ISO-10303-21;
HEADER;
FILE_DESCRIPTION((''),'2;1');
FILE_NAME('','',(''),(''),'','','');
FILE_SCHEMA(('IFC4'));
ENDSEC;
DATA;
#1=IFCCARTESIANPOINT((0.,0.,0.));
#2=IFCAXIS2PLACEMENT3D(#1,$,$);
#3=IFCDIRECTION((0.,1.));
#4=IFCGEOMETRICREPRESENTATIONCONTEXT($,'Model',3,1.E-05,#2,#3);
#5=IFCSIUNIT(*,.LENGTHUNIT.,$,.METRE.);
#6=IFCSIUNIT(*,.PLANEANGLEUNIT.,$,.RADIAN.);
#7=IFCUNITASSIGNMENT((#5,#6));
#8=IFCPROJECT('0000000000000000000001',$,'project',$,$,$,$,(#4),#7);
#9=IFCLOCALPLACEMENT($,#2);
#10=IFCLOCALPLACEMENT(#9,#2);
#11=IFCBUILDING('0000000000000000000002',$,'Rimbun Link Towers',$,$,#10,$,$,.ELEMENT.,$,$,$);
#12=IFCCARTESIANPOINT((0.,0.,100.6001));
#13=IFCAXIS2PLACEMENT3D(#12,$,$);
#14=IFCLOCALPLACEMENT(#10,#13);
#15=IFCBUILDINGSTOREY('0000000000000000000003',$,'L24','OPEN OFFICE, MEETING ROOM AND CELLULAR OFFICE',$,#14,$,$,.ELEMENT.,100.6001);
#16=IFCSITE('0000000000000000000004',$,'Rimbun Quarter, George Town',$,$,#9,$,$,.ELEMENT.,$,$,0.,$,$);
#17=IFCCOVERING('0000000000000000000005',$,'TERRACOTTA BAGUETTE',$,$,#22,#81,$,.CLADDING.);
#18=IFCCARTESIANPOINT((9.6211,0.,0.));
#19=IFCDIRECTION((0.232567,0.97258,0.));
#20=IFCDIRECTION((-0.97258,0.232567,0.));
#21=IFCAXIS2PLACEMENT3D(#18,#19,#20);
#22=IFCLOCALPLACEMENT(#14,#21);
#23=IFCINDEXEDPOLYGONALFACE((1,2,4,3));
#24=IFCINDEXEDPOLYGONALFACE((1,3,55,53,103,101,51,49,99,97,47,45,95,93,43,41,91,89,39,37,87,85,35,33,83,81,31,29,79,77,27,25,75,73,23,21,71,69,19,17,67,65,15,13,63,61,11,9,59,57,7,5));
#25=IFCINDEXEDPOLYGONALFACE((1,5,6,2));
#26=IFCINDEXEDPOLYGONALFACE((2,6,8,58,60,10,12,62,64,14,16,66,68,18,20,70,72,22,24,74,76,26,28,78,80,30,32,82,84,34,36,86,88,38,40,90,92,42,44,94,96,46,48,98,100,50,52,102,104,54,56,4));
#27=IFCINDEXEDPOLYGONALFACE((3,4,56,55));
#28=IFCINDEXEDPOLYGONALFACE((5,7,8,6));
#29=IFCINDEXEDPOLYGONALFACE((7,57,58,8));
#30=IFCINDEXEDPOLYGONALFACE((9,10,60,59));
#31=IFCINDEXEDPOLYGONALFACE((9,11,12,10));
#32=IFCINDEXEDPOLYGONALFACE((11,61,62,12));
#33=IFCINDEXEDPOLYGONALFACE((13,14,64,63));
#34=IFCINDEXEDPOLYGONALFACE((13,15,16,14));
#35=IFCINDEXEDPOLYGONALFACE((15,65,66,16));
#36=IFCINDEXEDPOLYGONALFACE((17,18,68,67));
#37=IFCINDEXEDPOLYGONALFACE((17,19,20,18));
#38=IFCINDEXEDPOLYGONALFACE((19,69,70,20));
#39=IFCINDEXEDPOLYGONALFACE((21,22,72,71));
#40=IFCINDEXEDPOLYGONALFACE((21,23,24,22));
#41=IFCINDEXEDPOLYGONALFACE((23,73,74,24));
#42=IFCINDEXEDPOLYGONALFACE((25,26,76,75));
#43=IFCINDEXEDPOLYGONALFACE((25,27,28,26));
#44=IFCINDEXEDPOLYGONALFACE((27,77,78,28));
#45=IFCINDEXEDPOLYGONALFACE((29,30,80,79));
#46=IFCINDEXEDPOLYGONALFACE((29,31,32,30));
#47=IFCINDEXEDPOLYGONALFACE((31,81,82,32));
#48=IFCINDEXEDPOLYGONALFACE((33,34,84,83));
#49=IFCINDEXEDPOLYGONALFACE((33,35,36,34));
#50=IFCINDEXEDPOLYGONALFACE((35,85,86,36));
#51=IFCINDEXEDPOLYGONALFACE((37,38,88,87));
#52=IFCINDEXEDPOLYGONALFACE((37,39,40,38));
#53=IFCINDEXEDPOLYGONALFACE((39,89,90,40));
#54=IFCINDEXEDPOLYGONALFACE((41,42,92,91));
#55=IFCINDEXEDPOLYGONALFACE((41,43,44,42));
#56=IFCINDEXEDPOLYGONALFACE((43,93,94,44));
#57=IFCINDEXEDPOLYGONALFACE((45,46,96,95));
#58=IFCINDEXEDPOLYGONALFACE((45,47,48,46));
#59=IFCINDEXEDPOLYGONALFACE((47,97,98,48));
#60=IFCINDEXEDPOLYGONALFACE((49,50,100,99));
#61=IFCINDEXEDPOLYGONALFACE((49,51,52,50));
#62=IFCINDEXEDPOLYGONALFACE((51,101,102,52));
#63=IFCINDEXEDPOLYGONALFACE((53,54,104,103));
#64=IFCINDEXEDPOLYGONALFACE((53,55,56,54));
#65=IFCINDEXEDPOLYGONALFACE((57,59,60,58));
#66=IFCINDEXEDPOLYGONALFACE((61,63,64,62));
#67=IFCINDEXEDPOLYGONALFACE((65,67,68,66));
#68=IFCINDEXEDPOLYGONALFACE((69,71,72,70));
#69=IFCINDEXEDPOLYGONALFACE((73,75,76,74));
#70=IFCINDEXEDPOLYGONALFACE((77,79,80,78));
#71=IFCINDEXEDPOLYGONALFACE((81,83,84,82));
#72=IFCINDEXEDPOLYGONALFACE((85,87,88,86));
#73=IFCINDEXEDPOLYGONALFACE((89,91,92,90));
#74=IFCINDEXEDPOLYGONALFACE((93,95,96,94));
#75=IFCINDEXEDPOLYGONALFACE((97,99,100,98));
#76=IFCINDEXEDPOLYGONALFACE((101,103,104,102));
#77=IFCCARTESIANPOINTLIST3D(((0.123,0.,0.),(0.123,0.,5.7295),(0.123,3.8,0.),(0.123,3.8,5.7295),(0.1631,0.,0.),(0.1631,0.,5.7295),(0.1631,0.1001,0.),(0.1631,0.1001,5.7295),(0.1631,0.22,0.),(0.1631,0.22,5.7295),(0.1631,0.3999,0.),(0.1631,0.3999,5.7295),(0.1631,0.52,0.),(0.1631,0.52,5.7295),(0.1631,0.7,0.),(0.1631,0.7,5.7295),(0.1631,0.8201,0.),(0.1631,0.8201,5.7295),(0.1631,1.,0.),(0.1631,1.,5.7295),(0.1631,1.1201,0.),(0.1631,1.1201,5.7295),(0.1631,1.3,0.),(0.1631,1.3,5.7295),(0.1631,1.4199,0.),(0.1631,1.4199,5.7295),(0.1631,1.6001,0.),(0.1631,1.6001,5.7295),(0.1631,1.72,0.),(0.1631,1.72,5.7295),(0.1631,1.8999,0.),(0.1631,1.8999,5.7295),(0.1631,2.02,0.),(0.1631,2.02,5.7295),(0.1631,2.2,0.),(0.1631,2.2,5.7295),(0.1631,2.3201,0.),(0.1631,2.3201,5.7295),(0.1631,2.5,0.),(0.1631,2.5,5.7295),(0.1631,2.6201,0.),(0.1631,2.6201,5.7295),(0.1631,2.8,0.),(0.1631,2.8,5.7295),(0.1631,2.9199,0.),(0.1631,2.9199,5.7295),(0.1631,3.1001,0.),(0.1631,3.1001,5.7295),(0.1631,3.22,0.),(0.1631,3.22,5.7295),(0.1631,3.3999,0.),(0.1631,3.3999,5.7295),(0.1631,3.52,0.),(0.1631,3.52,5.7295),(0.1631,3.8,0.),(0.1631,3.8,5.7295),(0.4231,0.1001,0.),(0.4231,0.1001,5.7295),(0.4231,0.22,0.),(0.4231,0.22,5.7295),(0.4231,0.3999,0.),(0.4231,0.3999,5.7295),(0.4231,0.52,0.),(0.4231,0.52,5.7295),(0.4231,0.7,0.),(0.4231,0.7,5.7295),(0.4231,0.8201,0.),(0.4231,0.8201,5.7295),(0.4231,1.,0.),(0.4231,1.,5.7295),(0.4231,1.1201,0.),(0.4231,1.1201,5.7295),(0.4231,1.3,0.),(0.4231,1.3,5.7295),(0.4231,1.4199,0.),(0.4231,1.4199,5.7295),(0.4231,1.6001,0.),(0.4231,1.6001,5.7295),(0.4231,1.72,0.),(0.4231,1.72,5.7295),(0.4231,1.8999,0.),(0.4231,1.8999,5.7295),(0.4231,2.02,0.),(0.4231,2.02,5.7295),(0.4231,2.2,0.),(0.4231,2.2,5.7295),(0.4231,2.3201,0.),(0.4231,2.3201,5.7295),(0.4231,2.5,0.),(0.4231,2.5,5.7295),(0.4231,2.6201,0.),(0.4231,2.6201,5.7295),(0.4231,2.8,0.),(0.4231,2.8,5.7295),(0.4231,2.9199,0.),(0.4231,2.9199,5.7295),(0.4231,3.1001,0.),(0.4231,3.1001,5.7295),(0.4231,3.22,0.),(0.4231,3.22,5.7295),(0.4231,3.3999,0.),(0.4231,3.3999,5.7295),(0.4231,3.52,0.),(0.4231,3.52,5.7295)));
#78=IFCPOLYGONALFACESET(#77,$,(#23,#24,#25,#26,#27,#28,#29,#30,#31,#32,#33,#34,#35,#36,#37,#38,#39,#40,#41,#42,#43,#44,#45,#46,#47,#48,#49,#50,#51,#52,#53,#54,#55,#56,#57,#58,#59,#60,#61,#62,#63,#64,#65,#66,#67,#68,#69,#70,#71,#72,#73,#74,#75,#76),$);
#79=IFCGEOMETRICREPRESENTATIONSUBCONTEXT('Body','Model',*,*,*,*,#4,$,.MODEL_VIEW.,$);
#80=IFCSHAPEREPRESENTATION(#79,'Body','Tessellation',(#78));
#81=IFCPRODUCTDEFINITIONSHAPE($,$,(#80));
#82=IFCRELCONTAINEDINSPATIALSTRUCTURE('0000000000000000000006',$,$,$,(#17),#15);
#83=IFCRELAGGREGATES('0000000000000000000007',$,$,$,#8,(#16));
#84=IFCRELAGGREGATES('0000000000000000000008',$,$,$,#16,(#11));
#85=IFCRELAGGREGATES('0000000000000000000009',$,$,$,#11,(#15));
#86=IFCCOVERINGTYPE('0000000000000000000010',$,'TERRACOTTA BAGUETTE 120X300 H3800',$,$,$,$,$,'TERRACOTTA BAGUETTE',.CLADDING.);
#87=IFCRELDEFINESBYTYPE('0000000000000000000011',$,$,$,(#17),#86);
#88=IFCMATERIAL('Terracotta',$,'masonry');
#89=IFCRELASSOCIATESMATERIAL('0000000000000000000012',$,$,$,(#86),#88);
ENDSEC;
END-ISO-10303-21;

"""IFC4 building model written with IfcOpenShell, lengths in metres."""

from ifc_helpers import new_model, si_unit, direction, frame, origin, place, context, subcontext, project, spatial, polyline, outline, extrude, material, material_profile, profile_set, type_object, element, save


model = new_model("IFC4")

# Units and contexts
model_context = context("Model", 3, precision=1e-05, world=origin(), true_north=direction((0.0, 1.0)))
body_context = subcontext(model_context, "Body", "Model", "MODEL_VIEW")
ifc_project = project(units=[si_unit("LENGTHUNIT", "METRE"), si_unit("PLANEANGLEUNIT", "RADIAN")], contexts=[model_context])

# Site, building, storey
site_placement = place(None, origin())
site = spatial("IfcSite", under=ifc_project, at=site_placement, Name="Rimbun Quarter, George Town", CompositionType="ELEMENT", RefElevation=0.0)
building_placement = place(site_placement, origin())
building = spatial("IfcBuilding", under=site, at=building_placement, Name="Rimbun Link Towers", CompositionType="ELEMENT")
storey_placement = place(building_placement, frame((0.0, 0.0, 100.6001)))
storey = spatial("IfcBuildingStorey", under=building, at=storey_placement, Name="L24", Description="OPEN OFFICE, MEETING ROOM AND CELLULAR OFFICE", CompositionType="ELEMENT", Elevation=100.6001)

# Covering
ifc_material_1 = material(Name="Terracotta", Category="masonry")
ifc_material_profile_1 = material_profile(ifc_material_1, outline(polyline([(0.123, 0.0), (0.1631, 0.0), (0.1631, 0.1001), (0.4231, 0.1001), (0.4231, 0.22), (0.1631, 0.22), (0.1631, 0.3999), (0.4231, 0.3999), (0.4231, 0.52), (0.1631, 0.52), (0.1631, 0.7), (0.4231, 0.7), (0.4231, 0.8201), (0.1631, 0.8201), (0.1631, 1.0), (0.4231, 1.0), (0.4231, 1.1201), (0.1631, 1.1201), (0.1631, 1.3), (0.4231, 1.3), (0.4231, 1.4199), (0.1631, 1.4199), (0.1631, 1.6001), (0.4231, 1.6001), (0.4231, 1.72), (0.1631, 1.72), (0.1631, 1.8999), (0.4231, 1.8999), (0.4231, 2.02), (0.1631, 2.02), (0.1631, 2.2), (0.4231, 2.2), (0.4231, 2.3201), (0.1631, 2.3201), (0.1631, 2.5), (0.4231, 2.5), (0.4231, 2.6201), (0.1631, 2.6201), (0.1631, 2.8), (0.4231, 2.8), (0.4231, 2.9199), (0.1631, 2.9199), (0.1631, 3.1001), (0.4231, 3.1001), (0.4231, 3.22), (0.1631, 3.22), (0.1631, 3.3999), (0.4231, 3.3999), (0.4231, 3.52), (0.1631, 3.52), (0.1631, 3.8), (0.123, 3.8), (0.123, 0.0)])), Name="BAGUETTE 120X300")
ifc_profile_set_1 = profile_set([ifc_material_profile_1], Name="Terracotta")
covering_type = type_object("IfcCoveringType", Name="TERRACOTTA BAGUETTE 120X300 H3800", ElementType="TERRACOTTA BAGUETTE", PredefinedType="CLADDING", material=ifc_profile_set_1)
covering_1_placement = place(storey_placement, frame((9.6211, 0.0, 0.0), z_axis=(0.232567, 0.97258, 0.0), x_axis=(-0.97258, 0.232567, 0.0)))
element("IfcCovering", 1, at=covering_1_placement, inside=storey, type_object=covering_type, Name="TERRACOTTA BAGUETTE", PredefinedType="CLADDING", context=body_context, shape_type="SweptSolid", body=[
    extrude(outline(polyline([(0.123, 0.0), (0.1631, 0.0), (0.1631, 0.1001), (0.4231, 0.1001), (0.4231, 0.22), (0.1631, 0.22), (0.1631, 0.3999), (0.4231, 0.3999), (0.4231, 0.52), (0.1631, 0.52), (0.1631, 0.7), (0.4231, 0.7), (0.4231, 0.8201), (0.1631, 0.8201), (0.1631, 1.0), (0.4231, 1.0), (0.4231, 1.1201), (0.1631, 1.1201), (0.1631, 1.3), (0.4231, 1.3), (0.4231, 1.4199), (0.1631, 1.4199), (0.1631, 1.6001), (0.4231, 1.6001), (0.4231, 1.72), (0.1631, 1.72), (0.1631, 1.8999), (0.4231, 1.8999), (0.4231, 2.02), (0.1631, 2.02), (0.1631, 2.2), (0.4231, 2.2), (0.4231, 2.3201), (0.1631, 2.3201), (0.1631, 2.5), (0.4231, 2.5), (0.4231, 2.6201), (0.1631, 2.6201), (0.1631, 2.8), (0.4231, 2.8), (0.4231, 2.9199), (0.1631, 2.9199), (0.1631, 3.1001), (0.4231, 3.1001), (0.4231, 3.22), (0.1631, 3.22), (0.1631, 3.3999), (0.4231, 3.3999), (0.4231, 3.52), (0.1631, 3.52), (0.1631, 3.8), (0.123, 3.8), (0.123, 0.0)])), origin(), (0.0, 0.0, 1.0), 5.7295),
])

save(model, "model.ifc")
